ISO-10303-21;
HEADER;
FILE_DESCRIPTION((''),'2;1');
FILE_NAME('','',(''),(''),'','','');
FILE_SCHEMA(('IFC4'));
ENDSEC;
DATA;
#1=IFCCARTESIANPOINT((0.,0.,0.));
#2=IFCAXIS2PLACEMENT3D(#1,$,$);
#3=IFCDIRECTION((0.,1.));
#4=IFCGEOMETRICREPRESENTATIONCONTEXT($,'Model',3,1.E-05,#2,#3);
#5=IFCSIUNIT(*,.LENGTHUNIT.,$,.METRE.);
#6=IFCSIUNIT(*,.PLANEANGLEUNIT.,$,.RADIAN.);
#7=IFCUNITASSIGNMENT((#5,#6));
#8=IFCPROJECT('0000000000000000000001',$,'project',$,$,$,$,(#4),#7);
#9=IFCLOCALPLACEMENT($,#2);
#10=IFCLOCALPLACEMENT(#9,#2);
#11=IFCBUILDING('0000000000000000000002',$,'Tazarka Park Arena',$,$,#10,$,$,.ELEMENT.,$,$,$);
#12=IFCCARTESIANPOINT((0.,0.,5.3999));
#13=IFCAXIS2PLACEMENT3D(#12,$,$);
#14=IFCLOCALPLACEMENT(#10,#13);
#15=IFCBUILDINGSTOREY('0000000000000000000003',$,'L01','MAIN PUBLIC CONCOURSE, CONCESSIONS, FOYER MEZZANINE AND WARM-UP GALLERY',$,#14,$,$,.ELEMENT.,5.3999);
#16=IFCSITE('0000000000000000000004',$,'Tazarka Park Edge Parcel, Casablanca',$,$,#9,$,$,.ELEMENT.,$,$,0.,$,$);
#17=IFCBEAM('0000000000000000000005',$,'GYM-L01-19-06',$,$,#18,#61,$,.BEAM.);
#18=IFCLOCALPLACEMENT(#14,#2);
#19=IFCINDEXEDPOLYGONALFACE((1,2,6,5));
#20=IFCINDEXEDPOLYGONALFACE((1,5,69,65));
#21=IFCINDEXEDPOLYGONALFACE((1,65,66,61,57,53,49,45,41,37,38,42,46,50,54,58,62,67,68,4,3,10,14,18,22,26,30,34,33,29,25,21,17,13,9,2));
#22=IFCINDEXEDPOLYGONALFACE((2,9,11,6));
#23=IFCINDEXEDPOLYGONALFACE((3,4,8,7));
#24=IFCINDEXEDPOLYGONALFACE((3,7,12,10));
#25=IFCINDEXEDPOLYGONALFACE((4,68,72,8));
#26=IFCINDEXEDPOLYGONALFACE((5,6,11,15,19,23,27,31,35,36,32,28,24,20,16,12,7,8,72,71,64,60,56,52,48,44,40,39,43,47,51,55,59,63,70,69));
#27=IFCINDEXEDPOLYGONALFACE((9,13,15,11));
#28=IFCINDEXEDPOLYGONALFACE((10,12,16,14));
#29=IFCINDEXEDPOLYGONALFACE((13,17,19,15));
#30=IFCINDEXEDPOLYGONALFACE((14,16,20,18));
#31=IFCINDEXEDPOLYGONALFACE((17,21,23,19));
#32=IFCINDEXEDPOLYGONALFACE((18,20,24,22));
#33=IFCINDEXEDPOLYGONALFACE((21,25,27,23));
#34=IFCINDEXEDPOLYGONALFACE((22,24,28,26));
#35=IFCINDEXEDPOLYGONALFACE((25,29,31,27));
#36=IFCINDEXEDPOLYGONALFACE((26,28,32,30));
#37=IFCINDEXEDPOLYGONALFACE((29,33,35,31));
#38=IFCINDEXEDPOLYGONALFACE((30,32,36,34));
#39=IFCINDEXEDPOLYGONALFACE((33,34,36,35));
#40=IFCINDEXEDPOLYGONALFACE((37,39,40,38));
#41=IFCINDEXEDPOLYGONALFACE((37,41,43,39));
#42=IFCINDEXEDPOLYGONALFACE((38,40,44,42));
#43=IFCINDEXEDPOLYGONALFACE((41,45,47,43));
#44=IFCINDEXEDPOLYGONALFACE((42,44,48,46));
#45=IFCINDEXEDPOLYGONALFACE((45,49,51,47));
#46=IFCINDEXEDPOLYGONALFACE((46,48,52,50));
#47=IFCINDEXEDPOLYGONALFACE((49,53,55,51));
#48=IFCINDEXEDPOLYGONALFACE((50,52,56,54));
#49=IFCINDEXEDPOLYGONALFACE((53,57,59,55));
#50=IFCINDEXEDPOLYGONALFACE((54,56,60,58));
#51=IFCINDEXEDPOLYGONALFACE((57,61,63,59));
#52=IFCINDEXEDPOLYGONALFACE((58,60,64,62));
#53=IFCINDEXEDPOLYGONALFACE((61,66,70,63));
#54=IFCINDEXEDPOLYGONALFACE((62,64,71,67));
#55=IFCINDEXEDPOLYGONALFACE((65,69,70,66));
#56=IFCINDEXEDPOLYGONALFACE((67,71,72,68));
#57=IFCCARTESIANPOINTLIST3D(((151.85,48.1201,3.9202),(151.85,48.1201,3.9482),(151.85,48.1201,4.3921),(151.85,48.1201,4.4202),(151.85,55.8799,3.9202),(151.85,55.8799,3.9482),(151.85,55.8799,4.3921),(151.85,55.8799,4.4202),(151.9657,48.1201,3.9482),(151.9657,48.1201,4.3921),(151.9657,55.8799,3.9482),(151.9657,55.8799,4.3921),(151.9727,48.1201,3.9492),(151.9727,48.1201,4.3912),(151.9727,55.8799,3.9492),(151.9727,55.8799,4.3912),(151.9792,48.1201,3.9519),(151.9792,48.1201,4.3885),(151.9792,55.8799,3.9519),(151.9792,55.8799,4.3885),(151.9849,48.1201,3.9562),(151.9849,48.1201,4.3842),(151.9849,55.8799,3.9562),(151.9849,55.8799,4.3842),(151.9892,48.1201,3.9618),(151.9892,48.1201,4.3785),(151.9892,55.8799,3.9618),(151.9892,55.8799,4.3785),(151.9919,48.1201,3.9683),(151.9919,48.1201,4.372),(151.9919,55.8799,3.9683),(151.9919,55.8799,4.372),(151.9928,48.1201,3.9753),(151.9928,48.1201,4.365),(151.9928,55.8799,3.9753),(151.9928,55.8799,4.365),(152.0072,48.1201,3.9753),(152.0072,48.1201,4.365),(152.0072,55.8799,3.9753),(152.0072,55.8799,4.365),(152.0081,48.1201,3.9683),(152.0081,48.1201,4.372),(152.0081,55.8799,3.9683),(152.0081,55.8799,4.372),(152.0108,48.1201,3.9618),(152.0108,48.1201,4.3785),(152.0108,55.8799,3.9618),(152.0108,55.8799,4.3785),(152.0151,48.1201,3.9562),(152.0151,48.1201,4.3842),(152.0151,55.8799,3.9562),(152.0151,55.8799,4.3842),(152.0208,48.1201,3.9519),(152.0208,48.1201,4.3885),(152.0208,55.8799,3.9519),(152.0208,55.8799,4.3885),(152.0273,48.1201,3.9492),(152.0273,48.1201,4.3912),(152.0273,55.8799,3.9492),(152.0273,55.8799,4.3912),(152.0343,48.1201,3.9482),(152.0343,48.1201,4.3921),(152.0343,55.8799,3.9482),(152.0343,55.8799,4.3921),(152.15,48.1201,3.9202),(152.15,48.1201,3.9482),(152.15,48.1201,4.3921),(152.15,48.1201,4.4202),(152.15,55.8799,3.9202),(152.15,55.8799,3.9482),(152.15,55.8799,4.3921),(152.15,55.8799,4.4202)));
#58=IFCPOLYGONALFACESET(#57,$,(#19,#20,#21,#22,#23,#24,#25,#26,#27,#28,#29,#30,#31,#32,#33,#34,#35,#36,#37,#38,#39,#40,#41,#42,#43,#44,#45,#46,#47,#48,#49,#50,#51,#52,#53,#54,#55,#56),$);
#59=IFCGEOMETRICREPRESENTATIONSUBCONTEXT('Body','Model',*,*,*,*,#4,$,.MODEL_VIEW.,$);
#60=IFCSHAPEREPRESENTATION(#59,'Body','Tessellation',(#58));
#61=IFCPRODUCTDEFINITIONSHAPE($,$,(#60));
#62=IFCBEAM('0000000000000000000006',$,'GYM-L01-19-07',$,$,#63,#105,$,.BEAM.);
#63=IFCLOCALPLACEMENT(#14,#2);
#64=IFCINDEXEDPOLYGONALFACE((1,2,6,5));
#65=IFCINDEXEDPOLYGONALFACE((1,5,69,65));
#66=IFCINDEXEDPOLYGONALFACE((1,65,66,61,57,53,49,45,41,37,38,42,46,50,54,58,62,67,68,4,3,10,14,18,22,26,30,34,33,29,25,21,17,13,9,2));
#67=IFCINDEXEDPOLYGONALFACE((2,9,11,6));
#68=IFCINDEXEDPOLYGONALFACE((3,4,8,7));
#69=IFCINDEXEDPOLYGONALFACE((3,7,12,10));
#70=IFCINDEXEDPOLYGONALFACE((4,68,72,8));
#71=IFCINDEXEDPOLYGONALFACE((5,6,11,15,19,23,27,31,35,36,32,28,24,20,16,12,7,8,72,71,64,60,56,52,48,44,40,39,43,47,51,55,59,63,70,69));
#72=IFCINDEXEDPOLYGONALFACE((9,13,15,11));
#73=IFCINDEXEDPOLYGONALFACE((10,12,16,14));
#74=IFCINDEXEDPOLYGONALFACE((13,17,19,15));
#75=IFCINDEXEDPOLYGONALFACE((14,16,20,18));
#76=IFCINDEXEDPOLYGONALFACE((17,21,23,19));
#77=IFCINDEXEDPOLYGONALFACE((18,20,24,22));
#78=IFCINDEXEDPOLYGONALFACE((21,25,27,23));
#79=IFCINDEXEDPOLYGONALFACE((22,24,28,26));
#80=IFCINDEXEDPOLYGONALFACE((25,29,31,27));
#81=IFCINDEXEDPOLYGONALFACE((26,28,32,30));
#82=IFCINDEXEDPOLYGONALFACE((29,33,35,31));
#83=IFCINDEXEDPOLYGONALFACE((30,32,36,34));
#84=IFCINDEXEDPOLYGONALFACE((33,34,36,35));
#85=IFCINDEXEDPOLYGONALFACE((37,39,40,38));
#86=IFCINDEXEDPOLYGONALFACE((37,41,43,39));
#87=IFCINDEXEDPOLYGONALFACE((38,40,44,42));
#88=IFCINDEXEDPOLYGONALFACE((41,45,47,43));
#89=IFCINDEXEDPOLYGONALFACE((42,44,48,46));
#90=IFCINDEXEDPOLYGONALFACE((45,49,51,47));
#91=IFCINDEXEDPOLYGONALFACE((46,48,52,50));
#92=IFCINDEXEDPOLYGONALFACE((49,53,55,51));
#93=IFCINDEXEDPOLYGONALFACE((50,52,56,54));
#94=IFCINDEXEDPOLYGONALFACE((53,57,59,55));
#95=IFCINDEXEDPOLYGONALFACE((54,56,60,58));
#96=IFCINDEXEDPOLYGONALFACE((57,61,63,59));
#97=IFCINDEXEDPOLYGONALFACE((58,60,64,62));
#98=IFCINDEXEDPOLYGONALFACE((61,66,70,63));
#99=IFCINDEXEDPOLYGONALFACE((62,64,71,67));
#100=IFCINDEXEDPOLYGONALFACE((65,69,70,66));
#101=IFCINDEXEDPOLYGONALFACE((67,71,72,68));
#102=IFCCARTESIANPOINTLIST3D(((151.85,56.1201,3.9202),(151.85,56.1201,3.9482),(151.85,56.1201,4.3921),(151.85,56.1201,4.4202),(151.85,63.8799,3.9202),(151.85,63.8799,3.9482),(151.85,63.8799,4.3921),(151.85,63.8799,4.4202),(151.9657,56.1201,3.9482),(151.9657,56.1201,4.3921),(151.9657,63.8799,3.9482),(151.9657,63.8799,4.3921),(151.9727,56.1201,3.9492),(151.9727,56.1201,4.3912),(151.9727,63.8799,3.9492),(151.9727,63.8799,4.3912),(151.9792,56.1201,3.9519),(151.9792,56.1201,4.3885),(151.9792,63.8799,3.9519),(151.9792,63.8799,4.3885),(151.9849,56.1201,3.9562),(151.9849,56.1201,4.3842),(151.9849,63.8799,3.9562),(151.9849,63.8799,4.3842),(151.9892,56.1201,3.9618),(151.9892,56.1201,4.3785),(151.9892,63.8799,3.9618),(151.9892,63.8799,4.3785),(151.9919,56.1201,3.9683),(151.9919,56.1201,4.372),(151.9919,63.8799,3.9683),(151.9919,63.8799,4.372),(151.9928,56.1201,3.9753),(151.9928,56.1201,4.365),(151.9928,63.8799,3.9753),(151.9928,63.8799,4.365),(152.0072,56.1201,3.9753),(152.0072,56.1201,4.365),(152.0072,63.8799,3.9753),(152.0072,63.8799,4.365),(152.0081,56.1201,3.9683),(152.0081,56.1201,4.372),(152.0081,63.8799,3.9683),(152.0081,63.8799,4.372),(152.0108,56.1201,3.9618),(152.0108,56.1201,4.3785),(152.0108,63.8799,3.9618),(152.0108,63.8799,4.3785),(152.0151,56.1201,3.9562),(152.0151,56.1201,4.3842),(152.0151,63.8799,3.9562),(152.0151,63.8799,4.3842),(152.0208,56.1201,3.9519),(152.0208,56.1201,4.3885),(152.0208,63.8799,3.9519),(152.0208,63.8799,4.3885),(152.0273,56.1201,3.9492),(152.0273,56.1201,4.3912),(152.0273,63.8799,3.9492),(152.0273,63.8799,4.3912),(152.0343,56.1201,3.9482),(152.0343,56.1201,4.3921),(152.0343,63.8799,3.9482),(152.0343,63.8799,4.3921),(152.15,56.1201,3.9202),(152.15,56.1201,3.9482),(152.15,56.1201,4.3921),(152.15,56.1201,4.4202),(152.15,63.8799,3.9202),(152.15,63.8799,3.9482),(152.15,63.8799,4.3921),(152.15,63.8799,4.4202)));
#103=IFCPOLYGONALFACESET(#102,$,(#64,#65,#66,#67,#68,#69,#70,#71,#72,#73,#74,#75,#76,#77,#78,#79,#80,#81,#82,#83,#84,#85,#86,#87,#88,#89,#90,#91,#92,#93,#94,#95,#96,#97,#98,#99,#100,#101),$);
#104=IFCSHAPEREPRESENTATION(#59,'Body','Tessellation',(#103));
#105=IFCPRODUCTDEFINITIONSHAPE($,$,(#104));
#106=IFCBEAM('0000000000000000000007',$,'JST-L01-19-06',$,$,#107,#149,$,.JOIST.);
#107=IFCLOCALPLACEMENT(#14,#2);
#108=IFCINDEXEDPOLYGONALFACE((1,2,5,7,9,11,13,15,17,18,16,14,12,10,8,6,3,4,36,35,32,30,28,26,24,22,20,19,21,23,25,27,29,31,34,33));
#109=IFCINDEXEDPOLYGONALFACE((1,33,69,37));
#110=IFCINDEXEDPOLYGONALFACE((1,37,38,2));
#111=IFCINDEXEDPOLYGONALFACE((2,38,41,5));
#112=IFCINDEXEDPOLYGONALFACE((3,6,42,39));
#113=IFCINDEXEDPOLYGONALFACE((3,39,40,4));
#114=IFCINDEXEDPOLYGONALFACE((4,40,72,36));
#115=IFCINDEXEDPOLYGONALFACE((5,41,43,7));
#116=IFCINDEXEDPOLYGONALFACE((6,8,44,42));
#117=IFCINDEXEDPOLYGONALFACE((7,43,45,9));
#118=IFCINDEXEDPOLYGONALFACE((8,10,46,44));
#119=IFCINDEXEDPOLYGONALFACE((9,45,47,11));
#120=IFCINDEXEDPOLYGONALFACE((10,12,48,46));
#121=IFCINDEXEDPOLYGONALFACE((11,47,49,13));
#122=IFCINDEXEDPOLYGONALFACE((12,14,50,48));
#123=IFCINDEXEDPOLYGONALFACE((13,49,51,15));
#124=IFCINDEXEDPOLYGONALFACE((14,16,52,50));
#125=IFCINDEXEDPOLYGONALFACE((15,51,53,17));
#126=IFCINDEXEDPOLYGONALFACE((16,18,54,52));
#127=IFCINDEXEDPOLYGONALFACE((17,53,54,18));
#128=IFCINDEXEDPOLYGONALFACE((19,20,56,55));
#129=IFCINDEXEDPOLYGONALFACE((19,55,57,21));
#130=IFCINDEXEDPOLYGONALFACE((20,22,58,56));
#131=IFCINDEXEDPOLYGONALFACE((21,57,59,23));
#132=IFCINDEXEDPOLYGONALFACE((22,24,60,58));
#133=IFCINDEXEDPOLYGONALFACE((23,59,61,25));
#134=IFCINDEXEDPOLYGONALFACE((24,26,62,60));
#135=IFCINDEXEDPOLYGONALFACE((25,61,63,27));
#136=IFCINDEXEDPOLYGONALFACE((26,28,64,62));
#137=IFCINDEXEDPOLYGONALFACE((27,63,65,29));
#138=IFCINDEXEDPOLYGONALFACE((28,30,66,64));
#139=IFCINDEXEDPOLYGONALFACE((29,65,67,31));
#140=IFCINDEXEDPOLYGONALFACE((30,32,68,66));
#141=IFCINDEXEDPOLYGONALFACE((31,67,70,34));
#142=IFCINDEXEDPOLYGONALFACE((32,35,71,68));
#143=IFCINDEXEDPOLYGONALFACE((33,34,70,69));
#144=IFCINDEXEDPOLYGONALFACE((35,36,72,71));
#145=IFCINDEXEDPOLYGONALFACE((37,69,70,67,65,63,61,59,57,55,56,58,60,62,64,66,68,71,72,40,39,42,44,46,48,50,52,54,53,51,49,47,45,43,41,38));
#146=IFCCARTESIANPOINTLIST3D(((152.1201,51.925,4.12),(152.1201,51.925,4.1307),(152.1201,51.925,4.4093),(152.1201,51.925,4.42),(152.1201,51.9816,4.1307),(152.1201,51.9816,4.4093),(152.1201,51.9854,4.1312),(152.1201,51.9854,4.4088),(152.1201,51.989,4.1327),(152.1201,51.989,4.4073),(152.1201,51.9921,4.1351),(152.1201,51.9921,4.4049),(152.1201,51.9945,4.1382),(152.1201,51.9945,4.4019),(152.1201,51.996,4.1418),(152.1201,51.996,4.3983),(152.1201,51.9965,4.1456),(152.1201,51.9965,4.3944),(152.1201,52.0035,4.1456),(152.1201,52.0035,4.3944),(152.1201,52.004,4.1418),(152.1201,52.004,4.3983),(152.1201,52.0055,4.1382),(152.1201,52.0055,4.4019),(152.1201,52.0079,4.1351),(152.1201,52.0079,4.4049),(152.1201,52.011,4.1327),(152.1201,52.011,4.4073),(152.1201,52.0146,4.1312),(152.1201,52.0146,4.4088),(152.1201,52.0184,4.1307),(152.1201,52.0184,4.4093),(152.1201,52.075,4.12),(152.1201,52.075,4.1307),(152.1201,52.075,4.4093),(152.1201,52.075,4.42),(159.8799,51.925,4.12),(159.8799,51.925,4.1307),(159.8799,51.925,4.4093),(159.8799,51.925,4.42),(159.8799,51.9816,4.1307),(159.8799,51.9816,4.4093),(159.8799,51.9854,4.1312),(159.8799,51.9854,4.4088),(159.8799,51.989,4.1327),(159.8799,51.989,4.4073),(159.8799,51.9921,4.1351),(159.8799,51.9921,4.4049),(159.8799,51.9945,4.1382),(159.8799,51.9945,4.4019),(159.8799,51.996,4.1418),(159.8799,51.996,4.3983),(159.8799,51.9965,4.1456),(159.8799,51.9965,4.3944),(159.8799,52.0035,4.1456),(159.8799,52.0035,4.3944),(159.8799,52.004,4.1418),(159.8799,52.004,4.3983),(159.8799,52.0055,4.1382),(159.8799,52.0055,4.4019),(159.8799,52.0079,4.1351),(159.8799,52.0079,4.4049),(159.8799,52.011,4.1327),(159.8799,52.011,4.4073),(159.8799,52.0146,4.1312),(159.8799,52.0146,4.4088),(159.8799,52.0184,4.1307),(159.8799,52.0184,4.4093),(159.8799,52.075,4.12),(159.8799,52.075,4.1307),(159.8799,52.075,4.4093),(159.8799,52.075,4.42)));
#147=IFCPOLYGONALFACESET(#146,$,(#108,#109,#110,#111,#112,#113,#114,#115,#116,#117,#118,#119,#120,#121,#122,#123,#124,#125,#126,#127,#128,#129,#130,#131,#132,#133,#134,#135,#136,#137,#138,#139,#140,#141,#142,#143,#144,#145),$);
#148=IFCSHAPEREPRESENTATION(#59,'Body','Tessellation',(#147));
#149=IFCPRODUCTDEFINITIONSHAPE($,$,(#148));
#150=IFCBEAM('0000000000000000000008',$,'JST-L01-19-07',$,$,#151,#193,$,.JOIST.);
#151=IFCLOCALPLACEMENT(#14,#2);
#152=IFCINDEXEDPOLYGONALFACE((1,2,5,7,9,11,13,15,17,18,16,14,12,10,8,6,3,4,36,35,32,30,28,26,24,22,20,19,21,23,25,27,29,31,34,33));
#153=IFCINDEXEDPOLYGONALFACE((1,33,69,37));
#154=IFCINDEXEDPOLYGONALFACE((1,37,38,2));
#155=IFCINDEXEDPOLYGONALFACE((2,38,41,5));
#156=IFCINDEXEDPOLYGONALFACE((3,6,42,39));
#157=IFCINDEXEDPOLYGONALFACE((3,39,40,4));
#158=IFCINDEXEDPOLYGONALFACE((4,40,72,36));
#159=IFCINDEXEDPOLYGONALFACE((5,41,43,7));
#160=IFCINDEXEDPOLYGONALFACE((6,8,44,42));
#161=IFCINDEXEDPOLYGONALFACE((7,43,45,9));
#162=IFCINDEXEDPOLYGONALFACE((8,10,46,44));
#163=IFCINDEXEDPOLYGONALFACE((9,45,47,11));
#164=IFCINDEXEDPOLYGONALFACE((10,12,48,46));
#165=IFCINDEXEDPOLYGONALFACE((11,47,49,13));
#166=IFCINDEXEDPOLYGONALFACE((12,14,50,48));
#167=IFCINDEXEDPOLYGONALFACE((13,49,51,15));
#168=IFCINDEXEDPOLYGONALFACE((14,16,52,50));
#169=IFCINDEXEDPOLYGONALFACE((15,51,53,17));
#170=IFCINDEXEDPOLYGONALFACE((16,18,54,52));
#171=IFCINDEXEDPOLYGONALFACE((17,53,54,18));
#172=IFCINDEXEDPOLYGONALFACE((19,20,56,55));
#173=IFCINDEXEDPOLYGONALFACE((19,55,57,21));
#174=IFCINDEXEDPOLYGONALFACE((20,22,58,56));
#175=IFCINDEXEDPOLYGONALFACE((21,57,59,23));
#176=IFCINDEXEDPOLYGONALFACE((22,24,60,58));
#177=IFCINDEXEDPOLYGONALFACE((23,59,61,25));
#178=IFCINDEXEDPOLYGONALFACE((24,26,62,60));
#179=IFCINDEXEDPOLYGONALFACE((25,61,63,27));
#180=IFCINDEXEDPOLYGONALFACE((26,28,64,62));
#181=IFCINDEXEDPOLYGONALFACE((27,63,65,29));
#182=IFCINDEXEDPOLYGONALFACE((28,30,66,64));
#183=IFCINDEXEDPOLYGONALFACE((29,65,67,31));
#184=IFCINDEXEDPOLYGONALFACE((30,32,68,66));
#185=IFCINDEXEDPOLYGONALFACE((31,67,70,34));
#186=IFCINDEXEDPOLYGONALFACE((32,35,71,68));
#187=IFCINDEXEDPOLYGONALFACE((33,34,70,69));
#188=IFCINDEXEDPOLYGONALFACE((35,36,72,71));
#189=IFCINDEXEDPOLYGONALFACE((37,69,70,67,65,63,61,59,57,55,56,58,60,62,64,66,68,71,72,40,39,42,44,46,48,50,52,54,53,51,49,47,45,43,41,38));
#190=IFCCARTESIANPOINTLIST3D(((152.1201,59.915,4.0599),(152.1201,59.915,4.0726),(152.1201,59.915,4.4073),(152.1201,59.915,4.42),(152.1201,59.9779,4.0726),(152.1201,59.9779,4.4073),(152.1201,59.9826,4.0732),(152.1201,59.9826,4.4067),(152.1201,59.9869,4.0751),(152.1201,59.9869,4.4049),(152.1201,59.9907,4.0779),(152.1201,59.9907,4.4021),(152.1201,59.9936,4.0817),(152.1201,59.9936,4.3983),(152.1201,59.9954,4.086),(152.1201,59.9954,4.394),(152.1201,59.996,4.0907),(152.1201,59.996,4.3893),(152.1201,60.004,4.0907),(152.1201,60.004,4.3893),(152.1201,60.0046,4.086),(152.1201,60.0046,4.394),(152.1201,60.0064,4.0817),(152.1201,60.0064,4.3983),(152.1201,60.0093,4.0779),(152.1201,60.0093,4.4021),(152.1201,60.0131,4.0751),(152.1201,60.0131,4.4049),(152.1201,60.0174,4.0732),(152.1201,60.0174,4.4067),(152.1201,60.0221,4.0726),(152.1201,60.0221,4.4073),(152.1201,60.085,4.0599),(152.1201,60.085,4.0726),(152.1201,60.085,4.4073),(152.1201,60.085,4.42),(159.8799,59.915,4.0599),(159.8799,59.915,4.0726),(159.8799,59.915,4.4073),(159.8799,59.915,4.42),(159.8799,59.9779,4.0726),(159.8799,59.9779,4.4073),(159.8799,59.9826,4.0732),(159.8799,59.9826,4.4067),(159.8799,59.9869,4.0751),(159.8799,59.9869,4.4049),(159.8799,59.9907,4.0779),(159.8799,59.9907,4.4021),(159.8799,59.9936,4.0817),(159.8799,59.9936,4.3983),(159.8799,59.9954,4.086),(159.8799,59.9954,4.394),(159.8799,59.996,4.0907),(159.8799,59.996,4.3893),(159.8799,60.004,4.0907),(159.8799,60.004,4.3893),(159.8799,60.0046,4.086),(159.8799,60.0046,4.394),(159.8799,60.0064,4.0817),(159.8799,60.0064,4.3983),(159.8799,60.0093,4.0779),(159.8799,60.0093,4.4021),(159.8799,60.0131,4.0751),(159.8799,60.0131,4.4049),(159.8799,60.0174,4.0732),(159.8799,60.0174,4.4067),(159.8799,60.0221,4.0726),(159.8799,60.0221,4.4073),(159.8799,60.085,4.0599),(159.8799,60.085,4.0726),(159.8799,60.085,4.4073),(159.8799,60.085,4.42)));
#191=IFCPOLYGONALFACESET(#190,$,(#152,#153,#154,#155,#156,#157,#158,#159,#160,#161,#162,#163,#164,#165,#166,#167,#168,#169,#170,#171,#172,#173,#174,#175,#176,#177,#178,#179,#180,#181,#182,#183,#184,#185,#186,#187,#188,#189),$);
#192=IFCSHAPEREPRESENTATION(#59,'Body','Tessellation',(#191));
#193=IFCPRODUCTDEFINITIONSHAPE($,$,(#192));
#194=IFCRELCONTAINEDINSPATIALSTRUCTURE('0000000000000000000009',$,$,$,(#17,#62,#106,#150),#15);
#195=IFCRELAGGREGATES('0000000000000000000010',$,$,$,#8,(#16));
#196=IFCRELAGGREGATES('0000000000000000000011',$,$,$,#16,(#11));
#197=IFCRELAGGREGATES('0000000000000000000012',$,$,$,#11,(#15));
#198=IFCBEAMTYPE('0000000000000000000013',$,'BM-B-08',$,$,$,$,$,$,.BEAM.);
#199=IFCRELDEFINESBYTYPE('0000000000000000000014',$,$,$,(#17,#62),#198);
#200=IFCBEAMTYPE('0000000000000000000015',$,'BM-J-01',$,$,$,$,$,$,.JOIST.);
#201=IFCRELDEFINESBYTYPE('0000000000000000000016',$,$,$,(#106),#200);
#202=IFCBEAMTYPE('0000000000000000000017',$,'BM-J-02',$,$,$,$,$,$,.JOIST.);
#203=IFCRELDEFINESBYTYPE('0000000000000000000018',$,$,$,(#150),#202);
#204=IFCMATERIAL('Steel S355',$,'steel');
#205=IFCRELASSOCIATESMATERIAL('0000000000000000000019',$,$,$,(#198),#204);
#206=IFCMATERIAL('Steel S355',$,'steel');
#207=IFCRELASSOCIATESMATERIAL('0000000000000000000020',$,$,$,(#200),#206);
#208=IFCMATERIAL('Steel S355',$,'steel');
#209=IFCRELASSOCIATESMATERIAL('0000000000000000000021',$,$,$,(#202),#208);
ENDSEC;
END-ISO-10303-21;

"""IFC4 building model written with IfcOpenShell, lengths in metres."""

from ifc_helpers import new_model, si_unit, direction, frame, origin, origin_2d, place, context, subcontext, project, spatial, i_section, extrude, material, material_profile, profile_set, type_object, element, save


model = new_model("IFC4")

# Units and contexts
model_context = context("Model", 3, precision=1e-05, world=origin(), true_north=direction((0.0, 1.0)))
body_context = subcontext(model_context, "Body", "Model", "MODEL_VIEW")
ifc_project = project(units=[si_unit("LENGTHUNIT", "METRE"), si_unit("PLANEANGLEUNIT", "RADIAN")], contexts=[model_context])

# Site, building, storey
site_placement = place(None, origin())
site = spatial("IfcSite", under=ifc_project, at=site_placement, Name="Tazarka Park Edge Parcel, Casablanca", CompositionType="ELEMENT", RefElevation=0.0)
building_placement = place(site_placement, origin())
building = spatial("IfcBuilding", under=site, at=building_placement, Name="Tazarka Park Arena", CompositionType="ELEMENT")
storey_placement = place(building_placement, frame((0.0, 0.0, 5.3999)))
storey = spatial("IfcBuildingStorey", under=building, at=storey_placement, Name="L01", Description="MAIN PUBLIC CONCOURSE, CONCESSIONS, FOYER MEZZANINE AND WARM-UP GALLERY", CompositionType="ELEMENT", Elevation=5.3999)

# Beams
ifc_material_1 = material(Name="Steel S355", Category="steel")
ifc_material_profile_1 = material_profile(ifc_material_1, i_section(OverallWidth=0.3, OverallDepth=0.5, WebThickness=0.0144, FlangeThickness=0.0281, FilletRadius=0.0271, at=origin_2d()), Name="Steel S355")
ifc_profile_set_1 = profile_set([ifc_material_profile_1], Name="Steel S355")
beam_type_1 = type_object("IfcBeamType", Name="BM-B-08", PredefinedType="BEAM", material=ifc_profile_set_1)
for number, where, z_axis, x_axis, name in (
    (1, (152.0, 48.1201, 4.1702), (0.0, 1.0, 0.0), (-1.0, 0.0, 0.0), "GYM-L01-19-06"),
    (2, (152.0, 56.1201, 4.1702), (0.0, 1.0, 0.0), (-1.0, 0.0, 0.0), "GYM-L01-19-07"),
):
    element("IfcBeam", number, at=place(storey_placement, frame(where, z_axis=z_axis, x_axis=x_axis)), inside=storey, type_object=beam_type_1, Name=name, PredefinedType="BEAM", context=body_context, shape_type="SweptSolid", body=[
        extrude(i_section(OverallWidth=0.3, OverallDepth=0.5, WebThickness=0.0144, FlangeThickness=0.0281, FilletRadius=0.0271, at=origin_2d()), origin(), (0.0, 0.0, 1.0), 7.7598),
    ])
ifc_material_2 = material(Name="Steel S355", Category="steel")
ifc_material_profile_2 = material_profile(ifc_material_2, i_section(OverallWidth=0.1499, OverallDepth=0.3, WebThickness=0.0071, FlangeThickness=0.0107, FilletRadius=0.0149, at=origin_2d()), Name="Steel S355")
ifc_profile_set_2 = profile_set([ifc_material_profile_2], Name="Steel S355")
beam_type_2 = type_object("IfcBeamType", Name="BM-J-01", PredefinedType="JOIST", material=ifc_profile_set_2)
beam_1_placement = place(storey_placement, frame((152.1201, 52.0, 4.27), z_axis=(1.0, 0.0, 0.0), x_axis=(0.0, 1.0, 0.0)))
element("IfcBeam", 3, at=beam_1_placement, inside=storey, type_object=beam_type_2, Name="JST-L01-19-06", PredefinedType="JOIST", context=body_context, shape_type="SweptSolid", body=[
    extrude(i_section(OverallWidth=0.1499, OverallDepth=0.3, WebThickness=0.0071, FlangeThickness=0.0107, FilletRadius=0.0149, at=origin_2d()), origin(), (0.0, 0.0, 1.0), 7.7598),
])
ifc_material_3 = material(Name="Steel S355", Category="steel")
ifc_material_profile_3 = material_profile(ifc_material_3, i_section(OverallWidth=0.1699, OverallDepth=0.3601, WebThickness=0.0081, FlangeThickness=0.0127, FilletRadius=0.0181, at=origin_2d()), Name="Steel S355")
ifc_profile_set_3 = profile_set([ifc_material_profile_3], Name="Steel S355")
beam_type_3 = type_object("IfcBeamType", Name="BM-J-02", PredefinedType="JOIST", material=ifc_profile_set_3)
beam_2_placement = place(storey_placement, frame((152.1201, 60.0, 4.24), z_axis=(1.0, 0.0, 0.0), x_axis=(0.0, 1.0, 0.0)))
element("IfcBeam", 4, at=beam_2_placement, inside=storey, type_object=beam_type_3, Name="JST-L01-19-07", PredefinedType="JOIST", context=body_context, shape_type="SweptSolid", body=[
    extrude(i_section(OverallWidth=0.1699, OverallDepth=0.3601, WebThickness=0.0081, FlangeThickness=0.0127, FilletRadius=0.0181, at=origin_2d()), origin(), (0.0, 0.0, 1.0), 7.7598),
])

save(model, "model.ifc")
